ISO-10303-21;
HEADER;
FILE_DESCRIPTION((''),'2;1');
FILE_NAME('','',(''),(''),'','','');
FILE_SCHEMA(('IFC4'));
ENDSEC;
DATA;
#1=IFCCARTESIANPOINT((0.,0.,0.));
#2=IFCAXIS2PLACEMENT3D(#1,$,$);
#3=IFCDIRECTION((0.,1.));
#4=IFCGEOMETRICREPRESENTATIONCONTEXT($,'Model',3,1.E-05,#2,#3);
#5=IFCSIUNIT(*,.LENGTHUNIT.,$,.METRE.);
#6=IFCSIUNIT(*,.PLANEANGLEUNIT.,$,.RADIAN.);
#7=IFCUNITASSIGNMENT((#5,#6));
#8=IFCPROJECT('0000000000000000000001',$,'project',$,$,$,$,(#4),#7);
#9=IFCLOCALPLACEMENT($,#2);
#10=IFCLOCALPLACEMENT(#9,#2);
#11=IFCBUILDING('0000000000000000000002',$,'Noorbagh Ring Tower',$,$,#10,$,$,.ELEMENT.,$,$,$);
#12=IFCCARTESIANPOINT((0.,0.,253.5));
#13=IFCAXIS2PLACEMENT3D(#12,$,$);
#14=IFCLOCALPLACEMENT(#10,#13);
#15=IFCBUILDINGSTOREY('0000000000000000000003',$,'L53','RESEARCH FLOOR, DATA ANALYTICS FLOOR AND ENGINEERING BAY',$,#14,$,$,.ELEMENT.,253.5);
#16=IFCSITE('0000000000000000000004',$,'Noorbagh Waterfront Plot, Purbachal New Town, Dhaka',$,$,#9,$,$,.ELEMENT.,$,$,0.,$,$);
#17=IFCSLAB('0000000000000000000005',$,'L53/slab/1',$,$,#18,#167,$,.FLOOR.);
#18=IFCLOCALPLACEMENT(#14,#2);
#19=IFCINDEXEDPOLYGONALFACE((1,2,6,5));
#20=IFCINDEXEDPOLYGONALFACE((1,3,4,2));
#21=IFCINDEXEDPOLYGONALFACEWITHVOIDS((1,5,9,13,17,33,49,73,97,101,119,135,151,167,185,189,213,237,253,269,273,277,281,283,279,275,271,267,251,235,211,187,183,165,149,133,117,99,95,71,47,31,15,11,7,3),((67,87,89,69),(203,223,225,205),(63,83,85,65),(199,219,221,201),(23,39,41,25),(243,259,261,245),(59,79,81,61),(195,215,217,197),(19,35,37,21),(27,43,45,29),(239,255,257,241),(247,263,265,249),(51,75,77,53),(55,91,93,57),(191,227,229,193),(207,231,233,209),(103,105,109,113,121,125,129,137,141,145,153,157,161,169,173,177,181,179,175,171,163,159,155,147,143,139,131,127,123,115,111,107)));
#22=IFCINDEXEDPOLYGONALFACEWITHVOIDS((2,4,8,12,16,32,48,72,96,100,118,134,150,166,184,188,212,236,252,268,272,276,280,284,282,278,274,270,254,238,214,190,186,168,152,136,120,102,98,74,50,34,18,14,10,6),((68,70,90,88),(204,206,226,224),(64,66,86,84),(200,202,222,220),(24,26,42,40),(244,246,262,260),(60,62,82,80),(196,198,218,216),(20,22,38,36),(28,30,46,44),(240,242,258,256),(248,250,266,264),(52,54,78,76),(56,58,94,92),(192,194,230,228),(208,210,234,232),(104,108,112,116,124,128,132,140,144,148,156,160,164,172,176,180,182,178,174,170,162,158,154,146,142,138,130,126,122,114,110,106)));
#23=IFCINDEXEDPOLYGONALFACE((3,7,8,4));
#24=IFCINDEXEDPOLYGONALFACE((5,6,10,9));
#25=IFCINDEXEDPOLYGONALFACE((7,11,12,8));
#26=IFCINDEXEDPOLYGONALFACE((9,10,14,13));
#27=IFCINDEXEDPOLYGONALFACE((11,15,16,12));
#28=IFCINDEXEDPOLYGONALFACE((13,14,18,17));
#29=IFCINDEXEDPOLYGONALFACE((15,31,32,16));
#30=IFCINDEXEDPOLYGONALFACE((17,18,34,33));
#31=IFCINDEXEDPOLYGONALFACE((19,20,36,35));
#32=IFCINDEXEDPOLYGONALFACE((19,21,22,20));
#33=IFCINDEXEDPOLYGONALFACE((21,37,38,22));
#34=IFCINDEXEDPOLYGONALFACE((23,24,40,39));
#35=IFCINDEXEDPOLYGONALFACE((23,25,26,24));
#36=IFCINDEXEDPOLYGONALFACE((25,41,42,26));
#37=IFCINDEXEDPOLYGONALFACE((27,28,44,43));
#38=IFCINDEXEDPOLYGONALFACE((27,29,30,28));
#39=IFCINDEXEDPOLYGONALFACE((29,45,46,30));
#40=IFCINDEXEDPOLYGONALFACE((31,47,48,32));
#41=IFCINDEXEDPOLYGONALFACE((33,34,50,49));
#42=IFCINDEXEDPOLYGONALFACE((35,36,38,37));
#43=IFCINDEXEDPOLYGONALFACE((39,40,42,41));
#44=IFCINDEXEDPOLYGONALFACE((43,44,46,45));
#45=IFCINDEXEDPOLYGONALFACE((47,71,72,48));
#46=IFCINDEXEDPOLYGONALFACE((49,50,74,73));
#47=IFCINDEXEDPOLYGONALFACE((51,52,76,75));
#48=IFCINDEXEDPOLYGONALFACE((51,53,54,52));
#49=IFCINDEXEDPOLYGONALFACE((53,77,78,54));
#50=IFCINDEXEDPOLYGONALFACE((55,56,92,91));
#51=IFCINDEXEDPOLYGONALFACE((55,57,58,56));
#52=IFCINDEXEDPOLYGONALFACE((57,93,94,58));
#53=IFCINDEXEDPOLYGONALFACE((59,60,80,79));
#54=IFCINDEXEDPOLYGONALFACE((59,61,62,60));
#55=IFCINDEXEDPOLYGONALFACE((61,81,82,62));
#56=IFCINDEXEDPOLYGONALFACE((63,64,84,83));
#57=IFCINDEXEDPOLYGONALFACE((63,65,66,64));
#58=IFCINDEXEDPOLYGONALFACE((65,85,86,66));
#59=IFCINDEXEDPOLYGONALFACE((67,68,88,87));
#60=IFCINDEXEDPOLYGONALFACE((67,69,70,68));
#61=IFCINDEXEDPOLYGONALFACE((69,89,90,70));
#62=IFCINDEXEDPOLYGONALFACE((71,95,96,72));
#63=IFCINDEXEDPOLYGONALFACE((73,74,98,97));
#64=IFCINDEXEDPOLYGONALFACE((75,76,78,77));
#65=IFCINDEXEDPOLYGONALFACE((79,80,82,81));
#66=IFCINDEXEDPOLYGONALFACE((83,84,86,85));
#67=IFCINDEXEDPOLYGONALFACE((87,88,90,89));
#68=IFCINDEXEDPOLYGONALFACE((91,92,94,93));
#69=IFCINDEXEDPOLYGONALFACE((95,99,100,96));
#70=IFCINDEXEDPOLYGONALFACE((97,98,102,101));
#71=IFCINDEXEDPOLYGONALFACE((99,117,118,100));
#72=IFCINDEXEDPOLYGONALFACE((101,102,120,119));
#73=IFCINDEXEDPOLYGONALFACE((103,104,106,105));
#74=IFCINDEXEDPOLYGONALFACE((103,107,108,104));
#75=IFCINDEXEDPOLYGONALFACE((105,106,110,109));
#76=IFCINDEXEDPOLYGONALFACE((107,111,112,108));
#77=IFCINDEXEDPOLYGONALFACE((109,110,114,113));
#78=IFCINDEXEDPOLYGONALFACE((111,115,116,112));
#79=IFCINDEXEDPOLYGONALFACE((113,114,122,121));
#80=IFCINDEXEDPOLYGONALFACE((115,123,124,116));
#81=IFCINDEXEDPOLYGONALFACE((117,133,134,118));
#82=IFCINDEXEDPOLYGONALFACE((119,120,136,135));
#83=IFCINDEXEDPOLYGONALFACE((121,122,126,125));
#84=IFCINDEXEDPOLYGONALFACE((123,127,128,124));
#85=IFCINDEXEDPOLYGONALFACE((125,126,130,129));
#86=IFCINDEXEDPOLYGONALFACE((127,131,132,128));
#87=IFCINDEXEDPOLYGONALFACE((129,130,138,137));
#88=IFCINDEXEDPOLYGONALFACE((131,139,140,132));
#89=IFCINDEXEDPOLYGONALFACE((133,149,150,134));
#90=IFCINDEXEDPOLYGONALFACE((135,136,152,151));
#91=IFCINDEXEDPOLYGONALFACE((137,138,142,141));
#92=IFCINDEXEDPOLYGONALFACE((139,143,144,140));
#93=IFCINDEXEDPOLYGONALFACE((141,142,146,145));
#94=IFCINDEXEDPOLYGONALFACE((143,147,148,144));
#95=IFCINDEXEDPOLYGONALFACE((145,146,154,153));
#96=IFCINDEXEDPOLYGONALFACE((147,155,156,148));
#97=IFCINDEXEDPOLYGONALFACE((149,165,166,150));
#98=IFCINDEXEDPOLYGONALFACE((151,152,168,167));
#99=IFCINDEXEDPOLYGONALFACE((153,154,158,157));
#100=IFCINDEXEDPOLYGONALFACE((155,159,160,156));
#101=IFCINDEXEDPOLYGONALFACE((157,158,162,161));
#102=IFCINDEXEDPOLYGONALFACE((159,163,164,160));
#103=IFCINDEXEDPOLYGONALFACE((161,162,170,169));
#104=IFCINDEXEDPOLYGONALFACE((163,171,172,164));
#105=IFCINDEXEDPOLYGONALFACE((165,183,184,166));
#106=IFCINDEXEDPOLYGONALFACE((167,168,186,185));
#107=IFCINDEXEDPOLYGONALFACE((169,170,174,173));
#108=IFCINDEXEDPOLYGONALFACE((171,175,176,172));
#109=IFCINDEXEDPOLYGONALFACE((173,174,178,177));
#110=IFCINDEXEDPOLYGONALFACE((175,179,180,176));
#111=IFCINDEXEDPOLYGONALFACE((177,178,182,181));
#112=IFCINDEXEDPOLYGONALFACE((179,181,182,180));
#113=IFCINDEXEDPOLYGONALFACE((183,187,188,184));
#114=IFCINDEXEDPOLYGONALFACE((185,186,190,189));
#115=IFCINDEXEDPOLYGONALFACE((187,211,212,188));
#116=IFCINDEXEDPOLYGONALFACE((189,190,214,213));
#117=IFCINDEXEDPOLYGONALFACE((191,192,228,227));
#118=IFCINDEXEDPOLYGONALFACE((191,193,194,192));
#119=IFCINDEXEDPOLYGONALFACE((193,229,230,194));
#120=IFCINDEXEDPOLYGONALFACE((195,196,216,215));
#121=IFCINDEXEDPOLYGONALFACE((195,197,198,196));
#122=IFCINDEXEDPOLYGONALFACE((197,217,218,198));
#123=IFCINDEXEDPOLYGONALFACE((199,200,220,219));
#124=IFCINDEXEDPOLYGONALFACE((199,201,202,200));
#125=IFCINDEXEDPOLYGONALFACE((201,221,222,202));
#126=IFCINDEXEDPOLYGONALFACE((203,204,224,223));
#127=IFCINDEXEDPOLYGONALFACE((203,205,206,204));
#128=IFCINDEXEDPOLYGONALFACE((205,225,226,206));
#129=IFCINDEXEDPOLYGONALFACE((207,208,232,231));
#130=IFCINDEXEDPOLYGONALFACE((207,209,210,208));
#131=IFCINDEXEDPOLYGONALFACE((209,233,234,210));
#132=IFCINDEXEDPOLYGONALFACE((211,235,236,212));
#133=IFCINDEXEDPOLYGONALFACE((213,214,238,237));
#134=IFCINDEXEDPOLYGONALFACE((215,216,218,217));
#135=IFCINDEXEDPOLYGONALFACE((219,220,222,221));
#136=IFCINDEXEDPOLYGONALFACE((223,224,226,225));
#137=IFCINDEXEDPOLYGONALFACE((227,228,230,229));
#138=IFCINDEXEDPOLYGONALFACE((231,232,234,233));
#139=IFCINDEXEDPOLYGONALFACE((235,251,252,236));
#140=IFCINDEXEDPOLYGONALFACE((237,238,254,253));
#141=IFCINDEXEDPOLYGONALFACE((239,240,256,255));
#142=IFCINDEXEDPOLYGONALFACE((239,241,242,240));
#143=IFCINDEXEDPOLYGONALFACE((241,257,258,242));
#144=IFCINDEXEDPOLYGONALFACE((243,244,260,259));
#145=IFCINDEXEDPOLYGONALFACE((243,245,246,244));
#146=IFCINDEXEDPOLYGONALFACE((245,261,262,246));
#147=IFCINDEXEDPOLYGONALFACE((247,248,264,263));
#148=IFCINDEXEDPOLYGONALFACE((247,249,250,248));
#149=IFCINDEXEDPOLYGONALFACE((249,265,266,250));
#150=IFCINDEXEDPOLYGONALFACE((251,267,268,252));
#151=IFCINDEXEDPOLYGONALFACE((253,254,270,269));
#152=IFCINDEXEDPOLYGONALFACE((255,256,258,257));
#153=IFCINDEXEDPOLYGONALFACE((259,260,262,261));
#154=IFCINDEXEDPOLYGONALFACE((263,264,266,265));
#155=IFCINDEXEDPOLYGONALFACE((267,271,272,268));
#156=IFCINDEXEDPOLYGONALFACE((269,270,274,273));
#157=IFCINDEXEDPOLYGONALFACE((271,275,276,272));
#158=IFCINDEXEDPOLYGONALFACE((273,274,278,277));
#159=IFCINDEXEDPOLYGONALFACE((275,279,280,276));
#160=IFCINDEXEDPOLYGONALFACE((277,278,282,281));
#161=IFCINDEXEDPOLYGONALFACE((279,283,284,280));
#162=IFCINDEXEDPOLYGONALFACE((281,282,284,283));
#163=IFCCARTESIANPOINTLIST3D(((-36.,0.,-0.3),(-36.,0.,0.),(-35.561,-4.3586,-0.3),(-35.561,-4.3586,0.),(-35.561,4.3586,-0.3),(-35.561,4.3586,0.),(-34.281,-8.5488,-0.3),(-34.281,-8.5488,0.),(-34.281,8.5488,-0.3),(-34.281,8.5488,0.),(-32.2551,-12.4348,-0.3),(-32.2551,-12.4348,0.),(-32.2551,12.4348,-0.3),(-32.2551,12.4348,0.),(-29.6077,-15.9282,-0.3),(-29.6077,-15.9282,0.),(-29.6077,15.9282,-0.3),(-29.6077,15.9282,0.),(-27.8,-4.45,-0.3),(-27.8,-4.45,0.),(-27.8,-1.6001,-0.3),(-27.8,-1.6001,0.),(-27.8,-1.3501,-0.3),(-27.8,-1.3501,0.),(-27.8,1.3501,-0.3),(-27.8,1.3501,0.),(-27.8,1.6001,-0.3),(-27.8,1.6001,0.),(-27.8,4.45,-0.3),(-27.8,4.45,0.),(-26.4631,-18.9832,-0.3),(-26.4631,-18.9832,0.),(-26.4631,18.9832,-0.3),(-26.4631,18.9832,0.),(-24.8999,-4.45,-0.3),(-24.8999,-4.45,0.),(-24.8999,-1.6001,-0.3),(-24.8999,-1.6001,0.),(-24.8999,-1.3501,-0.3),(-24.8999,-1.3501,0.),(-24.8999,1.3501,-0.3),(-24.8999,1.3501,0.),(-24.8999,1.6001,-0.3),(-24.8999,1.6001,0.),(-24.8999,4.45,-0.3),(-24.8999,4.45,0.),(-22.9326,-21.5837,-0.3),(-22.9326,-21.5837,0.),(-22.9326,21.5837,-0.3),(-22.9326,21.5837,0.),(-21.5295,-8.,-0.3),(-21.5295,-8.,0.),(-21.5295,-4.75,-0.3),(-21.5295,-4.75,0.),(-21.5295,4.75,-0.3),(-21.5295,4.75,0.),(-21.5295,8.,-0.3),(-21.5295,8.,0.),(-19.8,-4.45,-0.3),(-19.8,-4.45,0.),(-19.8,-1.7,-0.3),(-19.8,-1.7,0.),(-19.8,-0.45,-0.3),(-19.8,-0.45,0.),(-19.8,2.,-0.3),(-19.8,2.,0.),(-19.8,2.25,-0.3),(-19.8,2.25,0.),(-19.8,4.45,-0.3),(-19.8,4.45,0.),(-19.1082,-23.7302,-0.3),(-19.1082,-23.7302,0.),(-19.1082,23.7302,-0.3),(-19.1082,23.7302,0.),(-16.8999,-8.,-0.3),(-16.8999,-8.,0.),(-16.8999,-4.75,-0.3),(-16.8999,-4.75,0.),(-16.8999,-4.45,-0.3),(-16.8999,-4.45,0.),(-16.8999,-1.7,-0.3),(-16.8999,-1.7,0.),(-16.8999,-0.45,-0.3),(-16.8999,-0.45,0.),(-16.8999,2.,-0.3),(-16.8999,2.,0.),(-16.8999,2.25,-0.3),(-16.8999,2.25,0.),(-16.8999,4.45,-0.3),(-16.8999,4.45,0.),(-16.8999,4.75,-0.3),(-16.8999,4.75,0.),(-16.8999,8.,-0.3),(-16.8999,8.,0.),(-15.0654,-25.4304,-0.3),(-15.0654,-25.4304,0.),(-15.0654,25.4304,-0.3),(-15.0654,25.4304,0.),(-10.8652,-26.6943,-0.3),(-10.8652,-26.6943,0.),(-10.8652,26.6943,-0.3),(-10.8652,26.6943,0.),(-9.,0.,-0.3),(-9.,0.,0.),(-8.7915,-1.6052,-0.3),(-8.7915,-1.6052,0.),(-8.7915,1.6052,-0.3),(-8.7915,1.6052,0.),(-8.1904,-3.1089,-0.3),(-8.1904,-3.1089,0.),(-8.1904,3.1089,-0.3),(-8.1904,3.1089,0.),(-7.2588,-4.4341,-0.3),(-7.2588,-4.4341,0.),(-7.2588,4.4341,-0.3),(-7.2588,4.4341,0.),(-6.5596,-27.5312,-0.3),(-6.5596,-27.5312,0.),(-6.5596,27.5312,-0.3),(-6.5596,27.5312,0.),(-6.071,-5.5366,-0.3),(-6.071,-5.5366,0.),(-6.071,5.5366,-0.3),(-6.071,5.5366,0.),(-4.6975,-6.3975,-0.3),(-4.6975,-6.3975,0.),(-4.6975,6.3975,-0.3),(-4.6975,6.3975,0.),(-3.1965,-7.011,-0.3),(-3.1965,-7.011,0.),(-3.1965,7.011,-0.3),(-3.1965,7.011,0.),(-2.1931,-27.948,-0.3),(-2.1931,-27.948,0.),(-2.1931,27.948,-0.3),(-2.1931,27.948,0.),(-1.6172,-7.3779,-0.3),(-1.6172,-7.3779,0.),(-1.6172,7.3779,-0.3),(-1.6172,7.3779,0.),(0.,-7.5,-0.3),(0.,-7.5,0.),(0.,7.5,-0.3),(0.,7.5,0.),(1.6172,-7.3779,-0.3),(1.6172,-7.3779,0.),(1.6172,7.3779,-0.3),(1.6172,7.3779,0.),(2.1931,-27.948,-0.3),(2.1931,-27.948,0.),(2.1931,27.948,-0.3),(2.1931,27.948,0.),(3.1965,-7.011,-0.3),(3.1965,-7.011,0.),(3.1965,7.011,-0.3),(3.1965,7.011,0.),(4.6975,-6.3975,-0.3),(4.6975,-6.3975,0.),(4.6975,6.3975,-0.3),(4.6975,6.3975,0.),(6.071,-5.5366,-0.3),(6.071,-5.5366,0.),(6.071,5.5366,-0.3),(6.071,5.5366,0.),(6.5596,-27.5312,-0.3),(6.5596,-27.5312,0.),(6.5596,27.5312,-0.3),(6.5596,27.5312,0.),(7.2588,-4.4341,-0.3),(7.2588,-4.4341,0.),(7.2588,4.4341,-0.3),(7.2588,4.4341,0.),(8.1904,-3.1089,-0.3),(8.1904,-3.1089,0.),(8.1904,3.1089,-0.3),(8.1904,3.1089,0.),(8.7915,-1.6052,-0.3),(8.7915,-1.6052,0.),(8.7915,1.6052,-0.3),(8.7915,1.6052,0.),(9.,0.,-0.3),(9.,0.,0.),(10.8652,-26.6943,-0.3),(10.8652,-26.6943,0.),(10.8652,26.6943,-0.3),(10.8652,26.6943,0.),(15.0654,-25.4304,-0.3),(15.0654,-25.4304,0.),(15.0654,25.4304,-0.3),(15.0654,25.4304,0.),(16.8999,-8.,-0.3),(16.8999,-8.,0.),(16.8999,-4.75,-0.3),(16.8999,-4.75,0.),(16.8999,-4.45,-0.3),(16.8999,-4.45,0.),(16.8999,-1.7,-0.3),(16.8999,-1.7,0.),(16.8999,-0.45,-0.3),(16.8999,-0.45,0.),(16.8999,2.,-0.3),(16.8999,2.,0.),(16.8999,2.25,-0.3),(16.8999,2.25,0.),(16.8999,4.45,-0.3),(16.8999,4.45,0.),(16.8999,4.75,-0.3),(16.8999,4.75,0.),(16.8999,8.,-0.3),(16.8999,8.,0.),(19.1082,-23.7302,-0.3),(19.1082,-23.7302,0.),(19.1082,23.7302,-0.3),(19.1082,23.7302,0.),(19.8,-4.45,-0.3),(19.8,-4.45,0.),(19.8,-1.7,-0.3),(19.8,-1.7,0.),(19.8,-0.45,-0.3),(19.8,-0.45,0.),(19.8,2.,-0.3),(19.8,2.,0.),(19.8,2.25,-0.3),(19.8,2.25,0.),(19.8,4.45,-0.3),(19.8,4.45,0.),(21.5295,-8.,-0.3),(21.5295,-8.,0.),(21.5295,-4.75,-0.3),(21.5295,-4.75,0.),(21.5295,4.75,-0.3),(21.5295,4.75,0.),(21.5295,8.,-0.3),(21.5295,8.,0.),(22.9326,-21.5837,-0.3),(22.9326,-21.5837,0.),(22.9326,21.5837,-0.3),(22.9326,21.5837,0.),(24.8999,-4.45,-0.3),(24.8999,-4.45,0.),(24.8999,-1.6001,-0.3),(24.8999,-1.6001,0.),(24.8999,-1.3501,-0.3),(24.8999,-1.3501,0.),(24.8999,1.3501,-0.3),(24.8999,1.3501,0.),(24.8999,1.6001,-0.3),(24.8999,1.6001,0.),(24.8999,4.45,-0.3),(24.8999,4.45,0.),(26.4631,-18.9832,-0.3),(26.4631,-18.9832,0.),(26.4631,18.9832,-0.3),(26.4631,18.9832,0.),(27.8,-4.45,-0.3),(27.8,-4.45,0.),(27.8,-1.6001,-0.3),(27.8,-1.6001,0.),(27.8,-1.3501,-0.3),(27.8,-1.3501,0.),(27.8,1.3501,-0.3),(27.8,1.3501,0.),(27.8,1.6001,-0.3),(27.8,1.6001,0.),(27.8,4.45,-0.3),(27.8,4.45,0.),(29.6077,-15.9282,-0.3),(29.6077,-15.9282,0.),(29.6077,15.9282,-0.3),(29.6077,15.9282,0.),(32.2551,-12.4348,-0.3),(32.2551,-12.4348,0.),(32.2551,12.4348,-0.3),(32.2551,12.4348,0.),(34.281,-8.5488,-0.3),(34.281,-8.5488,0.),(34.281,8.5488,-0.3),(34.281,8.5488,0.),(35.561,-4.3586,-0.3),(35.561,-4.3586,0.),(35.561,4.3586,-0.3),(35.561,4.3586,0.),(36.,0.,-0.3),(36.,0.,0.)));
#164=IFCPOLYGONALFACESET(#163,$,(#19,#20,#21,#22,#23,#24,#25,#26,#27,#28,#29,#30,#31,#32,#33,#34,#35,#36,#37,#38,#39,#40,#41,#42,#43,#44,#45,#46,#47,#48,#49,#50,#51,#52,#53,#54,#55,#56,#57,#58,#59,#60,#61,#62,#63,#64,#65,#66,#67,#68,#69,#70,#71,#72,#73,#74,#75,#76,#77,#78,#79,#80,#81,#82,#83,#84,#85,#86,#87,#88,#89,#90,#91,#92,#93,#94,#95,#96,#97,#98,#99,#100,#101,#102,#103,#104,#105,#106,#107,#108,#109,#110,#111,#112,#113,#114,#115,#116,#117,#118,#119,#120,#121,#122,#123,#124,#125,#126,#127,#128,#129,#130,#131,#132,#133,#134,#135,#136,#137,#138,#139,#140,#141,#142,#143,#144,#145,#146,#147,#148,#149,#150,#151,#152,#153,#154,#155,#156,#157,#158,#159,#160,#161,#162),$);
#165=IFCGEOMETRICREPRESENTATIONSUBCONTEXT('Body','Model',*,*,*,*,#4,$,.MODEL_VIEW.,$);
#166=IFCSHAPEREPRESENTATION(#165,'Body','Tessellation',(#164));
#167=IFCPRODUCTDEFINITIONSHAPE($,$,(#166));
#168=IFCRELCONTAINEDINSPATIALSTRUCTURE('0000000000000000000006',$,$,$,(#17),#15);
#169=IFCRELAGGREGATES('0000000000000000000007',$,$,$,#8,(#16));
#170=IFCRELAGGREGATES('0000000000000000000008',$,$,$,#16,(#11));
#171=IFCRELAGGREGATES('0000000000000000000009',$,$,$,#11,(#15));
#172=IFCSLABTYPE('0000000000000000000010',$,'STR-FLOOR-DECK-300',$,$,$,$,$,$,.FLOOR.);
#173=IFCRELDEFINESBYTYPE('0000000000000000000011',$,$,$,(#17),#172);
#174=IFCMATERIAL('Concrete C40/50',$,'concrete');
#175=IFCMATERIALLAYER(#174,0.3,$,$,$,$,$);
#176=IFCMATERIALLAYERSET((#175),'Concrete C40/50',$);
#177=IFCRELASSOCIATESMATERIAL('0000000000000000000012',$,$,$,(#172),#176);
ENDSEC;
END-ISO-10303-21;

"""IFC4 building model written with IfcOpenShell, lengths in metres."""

from ifc_helpers import new_model, si_unit, direction, frame, origin, place, context, subcontext, project, spatial, polyline, outline, extrude, material, layer, layer_set, type_object, element, save


model = new_model("IFC4")

# Units and contexts
model_context = context("Model", 3, precision=1e-05, world=origin(), true_north=direction((0.0, 1.0)))
body_context = subcontext(model_context, "Body", "Model", "MODEL_VIEW")
ifc_project = project(units=[si_unit("LENGTHUNIT", "METRE"), si_unit("PLANEANGLEUNIT", "RADIAN")], contexts=[model_context])

# Site, building, storey
site_placement = place(None, origin())
site = spatial("IfcSite", under=ifc_project, at=site_placement, Name="Noorbagh Waterfront Plot, Purbachal New Town, Dhaka", CompositionType="ELEMENT", RefElevation=0.0)
building_placement = place(site_placement, origin())
building = spatial("IfcBuilding", under=site, at=building_placement, Name="Noorbagh Ring Tower", CompositionType="ELEMENT")
storey_placement = place(building_placement, frame((0.0, 0.0, 253.5)))
storey = spatial("IfcBuildingStorey", under=building, at=storey_placement, Name="L53", Description="RESEARCH FLOOR, DATA ANALYTICS FLOOR AND ENGINEERING BAY", CompositionType="ELEMENT", Elevation=253.5)

# Slab
ifc_material_1 = material(Name="Concrete C40/50", Category="concrete")
ifc_layer_1 = layer(ifc_material_1, 0.3)
ifc_layer_set_1 = layer_set([ifc_layer_1], Name="Concrete C40/50")
slab_type = type_object("IfcSlabType", Name="STR-FLOOR-DECK-300", PredefinedType="FLOOR", material=ifc_layer_set_1)
slab_placement = place(storey_placement, frame((0.0, 0.0, -0.3)))
element("IfcSlab", 1, at=slab_placement, inside=storey, type_object=slab_type, Name="L53/slab/1", PredefinedType="FLOOR", context=body_context, shape_type="SweptSolid", body=[
    extrude(outline(polyline([(36.0, 0.0), (35.561, 4.3586), (34.281, 8.5488), (32.2551, 12.4348), (29.6077, 15.9282), (26.4631, 18.9832), (22.9326, 21.5837), (19.1082, 23.7302), (15.0654, 25.4304), (10.8652, 26.6943), (6.5596, 27.5312), (2.1931, 27.948), (-2.1931, 27.948), (-6.5596, 27.5312), (-10.8652, 26.6943), (-15.0654, 25.4304), (-19.1082, 23.7302), (-22.9326, 21.5837), (-26.4631, 18.9832), (-29.6077, 15.9282), (-32.2551, 12.4348), (-34.281, 8.5488), (-35.561, 4.3586), (-36.0, 0.0), (-35.561, -4.3586), (-34.281, -8.5488), (-32.2551, -12.4348), (-29.6077, -15.9282), (-26.4631, -18.9832), (-22.9326, -21.5837), (-19.1082, -23.7302), (-15.0654, -25.4304), (-10.8652, -26.6943), (-6.5596, -27.5312), (-2.1931, -27.948), (2.1931, -27.948), (6.5596, -27.5312), (10.8652, -26.6943), (15.0654, -25.4304), (19.1082, -23.7302), (22.9326, -21.5837), (26.4631, -18.9832), (29.6077, -15.9282), (32.2551, -12.4348), (34.281, -8.5488), (35.561, -4.3586), (36.0, 0.0)]), holes=[polyline([(24.8999, 4.45), (27.8, 4.45), (27.8, 1.6001), (24.8999, 1.6001), (24.8999, 4.45)]), polyline([(24.8999, 1.3501), (27.8, 1.3501), (27.8, -1.3501), (24.8999, -1.3501), (24.8999, 1.3501)]), polyline([(24.8999, -1.6001), (27.8, -1.6001), (27.8, -4.45), (24.8999, -4.45), (24.8999, -1.6001)]), polyline([(21.5295, -8.0), (16.8999, -8.0), (16.8999, -4.75), (21.5295, -4.75), (21.5295, -8.0)]), polyline([(16.8999, 4.75), (16.8999, 8.0), (21.5295, 8.0), (21.5295, 4.75), (16.8999, 4.75)]), polyline([(19.8, 4.45), (19.8, 2.25), (16.8999, 2.25), (16.8999, 4.45), (19.8, 4.45)]), polyline([(16.8999, 2.0), (19.8, 2.0), (19.8, -0.45), (16.8999, -0.45), (16.8999, 2.0)]), polyline([(16.8999, -1.7), (19.8, -1.7), (19.8, -4.45), (16.8999, -4.45), (16.8999, -1.7)]), polyline([(4.6975, -6.3975), (3.1965, -7.011), (1.6172, -7.3779), (0.0, -7.5), (-1.6172, -7.3779), (-3.1965, -7.011), (-4.6975, -6.3975), (-6.071, -5.5366), (-7.2588, -4.4341), (-8.1904, -3.1089), (-8.7915, -1.6052), (-9.0, 0.0), (-8.7915, 1.6052), (-8.1904, 3.1089), (-7.2588, 4.4341), (-6.071, 5.5366), (-4.6975, 6.3975), (-3.1965, 7.011), (-1.6172, 7.3779), (0.0, 7.5), (1.6172, 7.3779), (3.1965, 7.011), (4.6975, 6.3975), (6.071, 5.5366), (7.2588, 4.4341), (8.1904, 3.1089), (8.7915, 1.6052), (9.0, 0.0), (8.7915, -1.6052), (8.1904, -3.1089), (7.2588, -4.4341), (6.071, -5.5366), (4.6975, -6.3975)]), polyline([(-16.8999, 2.25), (-19.8, 2.25), (-19.8, 4.45), (-16.8999, 4.45), (-16.8999, 2.25)]), polyline([(-16.8999, -0.45), (-19.8, -0.45), (-19.8, 2.0), (-16.8999, 2.0), (-16.8999, -0.45)]), polyline([(-16.8999, -4.45), (-19.8, -4.45), (-19.8, -1.7), (-16.8999, -1.7), (-16.8999, -4.45)]), polyline([(-21.5295, 8.0), (-16.8999, 8.0), (-16.8999, 4.75), (-21.5295, 4.75), (-21.5295, 8.0)]), polyline([(-21.5295, -4.75), (-16.8999, -4.75), (-16.8999, -8.0), (-21.5295, -8.0), (-21.5295, -4.75)]), polyline([(-24.8999, -4.45), (-27.8, -4.45), (-27.8, -1.6001), (-24.8999, -1.6001), (-24.8999, -4.45)]), polyline([(-24.8999, 1.6001), (-27.8, 1.6001), (-27.8, 4.45), (-24.8999, 4.45), (-24.8999, 1.6001)]), polyline([(-24.8999, -1.3501), (-27.8, -1.3501), (-27.8, 1.3501), (-24.8999, 1.3501), (-24.8999, -1.3501)])]), origin(), (0.0, 0.0, 1.0), 0.3),
])

save(model, "model.ifc")
